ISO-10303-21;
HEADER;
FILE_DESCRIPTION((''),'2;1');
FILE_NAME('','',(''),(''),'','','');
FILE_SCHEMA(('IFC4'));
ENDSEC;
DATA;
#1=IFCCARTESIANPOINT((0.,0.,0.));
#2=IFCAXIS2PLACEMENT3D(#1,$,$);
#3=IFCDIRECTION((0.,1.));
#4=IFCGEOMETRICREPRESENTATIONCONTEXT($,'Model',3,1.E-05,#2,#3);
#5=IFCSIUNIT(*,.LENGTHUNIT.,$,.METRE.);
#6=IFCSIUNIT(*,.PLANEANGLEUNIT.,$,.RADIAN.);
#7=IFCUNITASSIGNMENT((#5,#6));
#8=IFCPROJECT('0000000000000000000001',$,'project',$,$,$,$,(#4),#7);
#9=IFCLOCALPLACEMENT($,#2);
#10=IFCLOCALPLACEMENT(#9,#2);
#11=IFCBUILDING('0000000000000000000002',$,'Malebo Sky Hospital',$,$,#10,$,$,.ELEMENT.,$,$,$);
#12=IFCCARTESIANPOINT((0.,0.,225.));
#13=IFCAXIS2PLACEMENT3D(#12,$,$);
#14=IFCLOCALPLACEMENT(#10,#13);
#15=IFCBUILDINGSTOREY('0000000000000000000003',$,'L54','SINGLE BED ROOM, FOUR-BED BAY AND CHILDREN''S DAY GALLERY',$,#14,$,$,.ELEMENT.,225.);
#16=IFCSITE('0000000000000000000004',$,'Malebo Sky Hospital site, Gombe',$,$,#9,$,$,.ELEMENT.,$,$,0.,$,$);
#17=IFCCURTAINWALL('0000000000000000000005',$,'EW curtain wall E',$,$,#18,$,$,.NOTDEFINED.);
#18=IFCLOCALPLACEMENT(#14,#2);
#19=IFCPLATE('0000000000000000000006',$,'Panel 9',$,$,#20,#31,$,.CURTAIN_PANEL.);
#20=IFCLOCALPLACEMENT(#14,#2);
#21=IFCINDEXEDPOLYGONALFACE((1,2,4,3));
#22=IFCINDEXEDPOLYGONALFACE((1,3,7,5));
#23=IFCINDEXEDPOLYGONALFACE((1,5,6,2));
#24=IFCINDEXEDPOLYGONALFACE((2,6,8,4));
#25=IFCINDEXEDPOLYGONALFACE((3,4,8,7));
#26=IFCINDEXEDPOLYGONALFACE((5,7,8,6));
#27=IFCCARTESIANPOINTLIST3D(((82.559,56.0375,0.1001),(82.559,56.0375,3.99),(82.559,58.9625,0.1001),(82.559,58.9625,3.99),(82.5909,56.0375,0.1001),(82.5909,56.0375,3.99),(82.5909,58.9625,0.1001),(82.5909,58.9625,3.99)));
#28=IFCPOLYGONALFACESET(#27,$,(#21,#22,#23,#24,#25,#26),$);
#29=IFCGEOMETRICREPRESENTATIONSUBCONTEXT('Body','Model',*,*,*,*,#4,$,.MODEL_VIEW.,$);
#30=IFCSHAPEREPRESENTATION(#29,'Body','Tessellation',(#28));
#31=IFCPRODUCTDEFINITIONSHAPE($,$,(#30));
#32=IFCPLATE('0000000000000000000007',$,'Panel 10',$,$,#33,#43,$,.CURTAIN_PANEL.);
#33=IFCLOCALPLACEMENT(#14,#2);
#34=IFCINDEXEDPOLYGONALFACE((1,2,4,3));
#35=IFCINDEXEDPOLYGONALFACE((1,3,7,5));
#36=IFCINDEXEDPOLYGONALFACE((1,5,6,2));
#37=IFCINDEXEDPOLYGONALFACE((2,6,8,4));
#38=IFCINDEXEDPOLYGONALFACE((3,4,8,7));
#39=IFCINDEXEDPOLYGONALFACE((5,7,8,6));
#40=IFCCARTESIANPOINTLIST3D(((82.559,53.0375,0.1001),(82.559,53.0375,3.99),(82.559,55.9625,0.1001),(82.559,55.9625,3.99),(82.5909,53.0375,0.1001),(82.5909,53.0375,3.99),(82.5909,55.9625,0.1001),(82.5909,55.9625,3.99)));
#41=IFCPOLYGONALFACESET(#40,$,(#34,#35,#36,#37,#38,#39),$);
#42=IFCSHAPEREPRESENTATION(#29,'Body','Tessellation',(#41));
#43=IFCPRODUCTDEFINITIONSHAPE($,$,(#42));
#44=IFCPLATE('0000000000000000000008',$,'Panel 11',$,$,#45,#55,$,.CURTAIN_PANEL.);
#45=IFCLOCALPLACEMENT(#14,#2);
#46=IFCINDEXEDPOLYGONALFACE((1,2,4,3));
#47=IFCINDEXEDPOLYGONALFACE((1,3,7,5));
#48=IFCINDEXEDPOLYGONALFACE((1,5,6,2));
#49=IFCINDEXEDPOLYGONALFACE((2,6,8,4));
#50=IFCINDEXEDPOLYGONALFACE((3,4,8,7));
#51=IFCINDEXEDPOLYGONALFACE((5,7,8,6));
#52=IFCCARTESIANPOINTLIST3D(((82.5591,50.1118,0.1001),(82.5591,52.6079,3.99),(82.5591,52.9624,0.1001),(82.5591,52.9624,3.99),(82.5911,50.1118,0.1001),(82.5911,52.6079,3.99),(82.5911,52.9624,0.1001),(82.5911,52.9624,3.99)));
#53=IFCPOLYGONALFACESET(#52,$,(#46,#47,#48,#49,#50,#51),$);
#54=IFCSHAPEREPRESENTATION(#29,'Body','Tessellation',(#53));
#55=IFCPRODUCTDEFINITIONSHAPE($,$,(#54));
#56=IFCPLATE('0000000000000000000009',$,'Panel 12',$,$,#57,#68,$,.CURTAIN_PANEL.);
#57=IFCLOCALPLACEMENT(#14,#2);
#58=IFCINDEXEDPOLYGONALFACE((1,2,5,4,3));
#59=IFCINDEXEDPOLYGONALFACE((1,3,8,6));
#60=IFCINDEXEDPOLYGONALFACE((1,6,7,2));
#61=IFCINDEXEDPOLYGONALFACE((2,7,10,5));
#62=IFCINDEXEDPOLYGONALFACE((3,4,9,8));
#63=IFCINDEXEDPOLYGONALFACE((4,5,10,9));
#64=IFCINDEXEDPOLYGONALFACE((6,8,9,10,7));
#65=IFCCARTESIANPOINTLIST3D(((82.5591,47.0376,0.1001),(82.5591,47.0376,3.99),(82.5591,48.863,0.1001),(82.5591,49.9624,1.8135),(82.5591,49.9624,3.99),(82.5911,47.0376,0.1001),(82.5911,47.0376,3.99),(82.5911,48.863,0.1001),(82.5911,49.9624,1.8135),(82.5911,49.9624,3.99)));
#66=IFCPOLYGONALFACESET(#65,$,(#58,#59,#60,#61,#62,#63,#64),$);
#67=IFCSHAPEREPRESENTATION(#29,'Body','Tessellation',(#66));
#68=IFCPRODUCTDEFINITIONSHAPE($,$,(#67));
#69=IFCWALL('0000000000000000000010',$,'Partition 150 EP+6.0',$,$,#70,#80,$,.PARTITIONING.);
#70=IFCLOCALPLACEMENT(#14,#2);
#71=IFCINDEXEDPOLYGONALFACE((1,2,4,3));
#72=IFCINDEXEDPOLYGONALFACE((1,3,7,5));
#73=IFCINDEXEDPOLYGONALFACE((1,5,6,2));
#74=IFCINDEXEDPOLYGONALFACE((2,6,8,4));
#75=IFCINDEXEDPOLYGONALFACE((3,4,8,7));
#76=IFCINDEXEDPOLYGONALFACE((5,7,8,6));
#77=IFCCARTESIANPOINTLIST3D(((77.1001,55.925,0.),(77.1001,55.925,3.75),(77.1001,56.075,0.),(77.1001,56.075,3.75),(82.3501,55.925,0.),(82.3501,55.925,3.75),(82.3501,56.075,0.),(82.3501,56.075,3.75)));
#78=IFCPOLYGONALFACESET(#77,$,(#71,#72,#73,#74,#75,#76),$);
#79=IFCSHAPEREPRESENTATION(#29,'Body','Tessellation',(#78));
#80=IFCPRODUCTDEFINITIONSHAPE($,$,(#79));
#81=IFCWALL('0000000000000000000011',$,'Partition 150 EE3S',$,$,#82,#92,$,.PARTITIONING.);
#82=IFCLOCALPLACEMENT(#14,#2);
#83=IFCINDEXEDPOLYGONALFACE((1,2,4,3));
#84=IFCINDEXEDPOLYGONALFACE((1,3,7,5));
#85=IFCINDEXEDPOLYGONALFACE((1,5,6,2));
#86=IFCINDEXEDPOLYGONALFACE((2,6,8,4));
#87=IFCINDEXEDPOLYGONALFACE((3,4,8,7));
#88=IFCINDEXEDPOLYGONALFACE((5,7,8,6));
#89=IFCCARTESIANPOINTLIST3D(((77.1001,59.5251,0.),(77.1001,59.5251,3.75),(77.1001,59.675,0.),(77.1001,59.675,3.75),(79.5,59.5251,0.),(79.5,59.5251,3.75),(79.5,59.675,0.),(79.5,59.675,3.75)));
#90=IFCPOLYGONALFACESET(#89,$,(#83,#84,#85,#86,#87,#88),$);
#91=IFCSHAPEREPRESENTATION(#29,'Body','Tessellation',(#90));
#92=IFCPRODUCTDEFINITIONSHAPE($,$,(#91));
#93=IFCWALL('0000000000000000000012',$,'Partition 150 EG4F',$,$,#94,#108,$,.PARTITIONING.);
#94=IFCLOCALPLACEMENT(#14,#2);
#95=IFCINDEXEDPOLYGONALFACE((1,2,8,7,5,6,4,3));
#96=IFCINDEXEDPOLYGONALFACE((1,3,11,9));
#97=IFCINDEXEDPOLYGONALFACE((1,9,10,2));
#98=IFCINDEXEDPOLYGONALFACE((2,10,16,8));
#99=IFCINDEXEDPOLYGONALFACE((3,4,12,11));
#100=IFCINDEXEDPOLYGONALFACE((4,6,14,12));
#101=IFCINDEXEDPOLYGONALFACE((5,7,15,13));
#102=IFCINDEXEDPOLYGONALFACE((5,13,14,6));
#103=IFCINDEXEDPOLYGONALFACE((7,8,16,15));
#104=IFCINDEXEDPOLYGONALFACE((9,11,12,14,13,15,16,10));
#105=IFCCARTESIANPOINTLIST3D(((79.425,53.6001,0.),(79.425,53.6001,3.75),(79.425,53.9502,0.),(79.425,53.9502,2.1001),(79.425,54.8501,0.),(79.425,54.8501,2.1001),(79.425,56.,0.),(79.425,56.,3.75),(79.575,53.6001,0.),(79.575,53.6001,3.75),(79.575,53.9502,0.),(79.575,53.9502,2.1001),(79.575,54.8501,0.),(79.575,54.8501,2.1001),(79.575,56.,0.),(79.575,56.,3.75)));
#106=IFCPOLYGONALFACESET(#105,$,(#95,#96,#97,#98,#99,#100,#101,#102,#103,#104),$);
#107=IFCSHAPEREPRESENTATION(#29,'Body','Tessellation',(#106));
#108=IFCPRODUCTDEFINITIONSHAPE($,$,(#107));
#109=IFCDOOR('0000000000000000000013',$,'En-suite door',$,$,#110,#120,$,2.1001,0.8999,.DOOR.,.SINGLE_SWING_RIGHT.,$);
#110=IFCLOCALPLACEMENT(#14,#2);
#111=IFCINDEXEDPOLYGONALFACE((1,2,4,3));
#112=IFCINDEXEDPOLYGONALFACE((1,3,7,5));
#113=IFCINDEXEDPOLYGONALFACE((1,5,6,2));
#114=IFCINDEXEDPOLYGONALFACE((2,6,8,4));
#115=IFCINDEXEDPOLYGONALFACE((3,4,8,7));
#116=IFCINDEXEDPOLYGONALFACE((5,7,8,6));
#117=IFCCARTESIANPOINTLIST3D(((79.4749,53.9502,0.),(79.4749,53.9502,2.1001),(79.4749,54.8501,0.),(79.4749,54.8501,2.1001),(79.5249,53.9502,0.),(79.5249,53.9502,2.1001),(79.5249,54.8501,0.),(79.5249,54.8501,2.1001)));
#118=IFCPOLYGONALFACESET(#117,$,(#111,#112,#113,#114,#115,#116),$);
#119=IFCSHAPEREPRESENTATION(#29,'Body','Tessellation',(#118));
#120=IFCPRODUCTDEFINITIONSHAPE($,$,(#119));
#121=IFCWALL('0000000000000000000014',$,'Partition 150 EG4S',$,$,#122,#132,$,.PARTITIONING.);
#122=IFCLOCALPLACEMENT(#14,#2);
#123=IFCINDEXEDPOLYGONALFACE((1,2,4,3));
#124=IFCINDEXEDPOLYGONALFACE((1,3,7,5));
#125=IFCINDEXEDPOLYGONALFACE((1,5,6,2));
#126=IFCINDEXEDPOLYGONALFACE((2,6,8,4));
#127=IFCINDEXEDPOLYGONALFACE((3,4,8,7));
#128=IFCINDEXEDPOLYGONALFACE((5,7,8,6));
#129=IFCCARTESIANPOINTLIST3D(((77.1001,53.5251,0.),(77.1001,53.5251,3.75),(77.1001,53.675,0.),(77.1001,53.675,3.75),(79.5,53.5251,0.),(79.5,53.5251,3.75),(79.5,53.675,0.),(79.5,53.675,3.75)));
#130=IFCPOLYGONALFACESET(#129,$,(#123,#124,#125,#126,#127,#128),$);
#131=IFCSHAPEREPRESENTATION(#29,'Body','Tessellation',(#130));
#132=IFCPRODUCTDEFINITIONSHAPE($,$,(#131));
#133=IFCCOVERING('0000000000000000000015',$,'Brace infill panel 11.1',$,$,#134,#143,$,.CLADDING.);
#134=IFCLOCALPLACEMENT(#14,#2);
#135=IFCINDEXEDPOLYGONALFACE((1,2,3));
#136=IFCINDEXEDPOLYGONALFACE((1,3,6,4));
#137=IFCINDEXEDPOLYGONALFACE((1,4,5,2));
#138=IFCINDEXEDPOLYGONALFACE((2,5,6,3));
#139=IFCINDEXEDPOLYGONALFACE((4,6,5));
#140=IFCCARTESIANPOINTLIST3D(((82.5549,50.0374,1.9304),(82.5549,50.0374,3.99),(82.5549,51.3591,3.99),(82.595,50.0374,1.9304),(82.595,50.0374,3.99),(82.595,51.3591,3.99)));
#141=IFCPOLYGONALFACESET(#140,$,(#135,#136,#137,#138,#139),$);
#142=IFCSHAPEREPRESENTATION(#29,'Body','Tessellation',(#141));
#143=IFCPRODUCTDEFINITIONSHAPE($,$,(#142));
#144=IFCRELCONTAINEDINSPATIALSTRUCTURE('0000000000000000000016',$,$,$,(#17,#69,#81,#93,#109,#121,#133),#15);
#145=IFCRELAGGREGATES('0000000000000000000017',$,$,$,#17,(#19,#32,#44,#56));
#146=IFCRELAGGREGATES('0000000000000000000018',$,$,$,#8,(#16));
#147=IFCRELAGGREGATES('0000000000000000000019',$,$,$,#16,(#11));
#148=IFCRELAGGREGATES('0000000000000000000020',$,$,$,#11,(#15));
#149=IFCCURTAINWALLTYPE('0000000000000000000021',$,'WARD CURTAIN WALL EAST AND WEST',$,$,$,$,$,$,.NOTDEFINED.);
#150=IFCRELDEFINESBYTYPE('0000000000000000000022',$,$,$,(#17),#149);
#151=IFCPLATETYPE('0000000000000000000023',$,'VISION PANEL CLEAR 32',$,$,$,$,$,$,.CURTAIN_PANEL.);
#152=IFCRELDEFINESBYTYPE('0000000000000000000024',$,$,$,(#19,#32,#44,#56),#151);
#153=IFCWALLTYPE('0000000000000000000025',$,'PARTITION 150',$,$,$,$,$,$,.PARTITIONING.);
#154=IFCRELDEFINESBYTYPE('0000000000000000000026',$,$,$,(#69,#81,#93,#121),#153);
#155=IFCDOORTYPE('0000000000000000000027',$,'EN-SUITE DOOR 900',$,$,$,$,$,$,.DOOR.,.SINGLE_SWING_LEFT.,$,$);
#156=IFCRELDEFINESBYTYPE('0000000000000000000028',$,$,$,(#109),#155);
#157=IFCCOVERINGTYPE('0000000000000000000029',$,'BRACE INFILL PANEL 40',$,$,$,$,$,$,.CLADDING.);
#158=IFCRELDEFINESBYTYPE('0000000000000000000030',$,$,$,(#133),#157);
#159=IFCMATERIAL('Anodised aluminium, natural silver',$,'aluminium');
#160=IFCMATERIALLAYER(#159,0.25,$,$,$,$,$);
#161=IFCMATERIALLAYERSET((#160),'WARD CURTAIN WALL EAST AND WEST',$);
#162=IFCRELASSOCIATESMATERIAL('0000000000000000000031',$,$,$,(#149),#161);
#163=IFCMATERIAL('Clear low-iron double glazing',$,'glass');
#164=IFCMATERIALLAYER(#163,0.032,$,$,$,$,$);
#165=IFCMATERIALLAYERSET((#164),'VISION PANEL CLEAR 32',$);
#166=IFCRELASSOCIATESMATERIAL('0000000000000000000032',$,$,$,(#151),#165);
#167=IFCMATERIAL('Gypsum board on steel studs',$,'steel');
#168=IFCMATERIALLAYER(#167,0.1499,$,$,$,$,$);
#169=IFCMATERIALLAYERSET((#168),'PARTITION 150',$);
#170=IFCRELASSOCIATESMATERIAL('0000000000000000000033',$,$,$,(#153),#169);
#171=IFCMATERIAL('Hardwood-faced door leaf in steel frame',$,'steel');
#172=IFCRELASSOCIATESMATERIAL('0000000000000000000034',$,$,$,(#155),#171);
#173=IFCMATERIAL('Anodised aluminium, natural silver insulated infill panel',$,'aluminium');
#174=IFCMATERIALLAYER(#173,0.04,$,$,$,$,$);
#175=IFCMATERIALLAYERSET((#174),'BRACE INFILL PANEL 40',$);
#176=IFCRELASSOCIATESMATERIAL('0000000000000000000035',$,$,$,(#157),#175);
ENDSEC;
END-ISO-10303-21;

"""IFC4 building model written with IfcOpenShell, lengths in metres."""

from ifc_helpers import new_model, si_unit, direction, frame, frame_2d, origin, origin_2d, place, context, subcontext, project, spatial, polyline, rectangle, outline, extrude, material, layer, layer_set, type_object, element, fill, aggregate, save


model = new_model("IFC4")

# Units and contexts
model_context = context("Model", 3, precision=1e-05, world=origin(), true_north=direction((0.0, 1.0)))
body_context = subcontext(model_context, "Body", "Model", "MODEL_VIEW")
ifc_project = project(units=[si_unit("LENGTHUNIT", "METRE"), si_unit("PLANEANGLEUNIT", "RADIAN")], contexts=[model_context])

# Site, building, storey
site_placement = place(None, origin())
site = spatial("IfcSite", under=ifc_project, at=site_placement, Name="Malebo Sky Hospital site, Gombe", CompositionType="ELEMENT", RefElevation=0.0)
building_placement = place(site_placement, origin())
building = spatial("IfcBuilding", under=site, at=building_placement, Name="Malebo Sky Hospital", CompositionType="ELEMENT")
storey_placement = place(building_placement, frame((0.0, 0.0, 225.0)))
storey = spatial("IfcBuildingStorey", under=building, at=storey_placement, Name="L54", Description="SINGLE BED ROOM, FOUR-BED BAY AND CHILDREN'S DAY GALLERY", CompositionType="ELEMENT", Elevation=225.0)

# Curtain wall
ifc_material_1 = material(Name="Anodised aluminium, natural silver", Category="aluminium")
ifc_layer_1 = layer(ifc_material_1, 0.25)
ifc_layer_set_1 = layer_set([ifc_layer_1], Name="WARD CURTAIN WALL EAST AND WEST")
curtain_wall_type = type_object("IfcCurtainWallType", Name="WARD CURTAIN WALL EAST AND WEST", PredefinedType="NOTDEFINED", material=ifc_layer_set_1)
curtain_wall_placement = place(storey_placement, origin())
curtain_wall = element("IfcCurtainWall", 1, at=curtain_wall_placement, inside=storey, type_object=curtain_wall_type, Name="EW curtain wall E", PredefinedType="NOTDEFINED")

# Plates
ifc_material_2 = material(Name="Clear low-iron double glazing", Category="glass")
ifc_layer_2 = layer(ifc_material_2, 0.032)
ifc_layer_set_2 = layer_set([ifc_layer_2], Name="VISION PANEL CLEAR 32")
plate_type = type_object("IfcPlateType", Name="VISION PANEL CLEAR 32", PredefinedType="CURTAIN_PANEL", material=ifc_layer_set_2)
plate_1_placement = place(storey_placement, frame((82.575, 57.5, 0.1001), z_axis=(0.0, 0.0, 1.0), x_axis=(0.0, -1.0, 0.0)))
plate_1 = element("IfcPlate", 2, at=plate_1_placement, type_object=plate_type, Name="Panel 9", PredefinedType="CURTAIN_PANEL", context=body_context, shape_type="SweptSolid", body=[
    extrude(rectangle(XDim=2.925, YDim=0.032, at=origin_2d()), origin(), (0.0, 0.0, 1.0), 3.8899),
])
plate_2_placement = place(storey_placement, frame((82.575, 54.5, 0.1001), z_axis=(0.0, 0.0, 1.0), x_axis=(0.0, -1.0, 0.0)))
plate_2 = element("IfcPlate", 3, at=plate_2_placement, type_object=plate_type, Name="Panel 10", PredefinedType="CURTAIN_PANEL", context=body_context, shape_type="SweptSolid", body=[
    extrude(rectangle(XDim=2.925, YDim=0.032, at=origin_2d()), origin(), (0.0, 0.0, 1.0), 3.8899),
])
plate_3_placement = place(storey_placement, frame((82.575, 51.5371, 0.1001), z_axis=(0.0, 0.0, 1.0), x_axis=(0.0, -1.0, 0.0)))
plate_3 = element("IfcPlate", 4, at=plate_3_placement, type_object=plate_type, Name="Panel 11", PredefinedType="CURTAIN_PANEL", context=body_context, shape_type="SweptSolid", body=[
    extrude(outline(polyline([(-1.4253, 0.0), (1.4253, 0.0), (-1.0708, 3.8899), (-1.4253, 3.8899), (-1.4253, 0.0)])), frame((0.0, 0.0161, 0.0), z_axis=(0.0, -1.0, 0.0), x_axis=(1.0, 0.0, 0.0)), (0.0, 0.0, 1.0), 0.032),
])
plate_4_placement = place(storey_placement, frame((82.575, 48.5, 0.1001), z_axis=(0.0, 0.0, 1.0), x_axis=(0.0, -1.0, 0.0)))
plate_4 = element("IfcPlate", 5, at=plate_4_placement, type_object=plate_type, Name="Panel 12", PredefinedType="CURTAIN_PANEL", context=body_context, shape_type="SweptSolid", body=[
    extrude(outline(polyline([(-0.363, 0.0), (1.4624, 0.0), (1.4624, 3.8899), (-1.4624, 3.8899), (-1.4624, 1.7134), (-0.363, 0.0)])), frame((0.0, 0.0161, 0.0), z_axis=(0.0, -1.0, 0.0), x_axis=(1.0, 0.0, 0.0)), (0.0, 0.0, 1.0), 0.032),
])
aggregate(curtain_wall, [plate_1, plate_2, plate_3, plate_4])

# Walls
ifc_material_3 = material(Name="Gypsum board on steel studs", Category="steel")
ifc_layer_3 = layer(ifc_material_3, 0.1499)
ifc_layer_set_3 = layer_set([ifc_layer_3], Name="PARTITION 150")
wall_type = type_object("IfcWallType", Name="PARTITION 150", PredefinedType="PARTITIONING", material=ifc_layer_set_3)
wall_1_placement = place(storey_placement, frame((77.1001, 56.0, 0.0), z_axis=(0.0, 0.0, 1.0), x_axis=(1.0, 0.0, 0.0)))
element("IfcWall", 6, at=wall_1_placement, inside=storey, type_object=wall_type, Name="Partition 150 EP+6.0", PredefinedType="PARTITIONING", context=body_context, shape_type="SweptSolid", body=[
    extrude(rectangle(XDim=5.25, YDim=0.1499, at=frame_2d((2.625, 0.0))), origin(), (0.0, 0.0, 1.0), 3.75),
])
wall_2_placement = place(storey_placement, frame((77.1001, 59.6001, 0.0), z_axis=(0.0, 0.0, 1.0), x_axis=(1.0, 0.0, 0.0)))
element("IfcWall", 7, at=wall_2_placement, inside=storey, type_object=wall_type, Name="Partition 150 EE3S", PredefinedType="PARTITIONING", context=body_context, shape_type="SweptSolid", body=[
    extrude(rectangle(XDim=2.3999, YDim=0.1499, at=frame_2d((1.2, 0.0))), origin(), (0.0, 0.0, 1.0), 3.75),
])

# Wall, opening, door
wall_3_placement = place(storey_placement, frame((79.5, 56.0, 0.0), z_axis=(0.0, 0.0, 1.0), x_axis=(0.0, -1.0, 0.0)))
wall_3 = element("IfcWall", 8, at=wall_3_placement, inside=storey, type_object=wall_type, Name="Partition 150 EG4F", PredefinedType="PARTITIONING", context=body_context, shape_type="SweptSolid", body=[
    extrude(rectangle(XDim=2.3999, YDim=0.1499, at=frame_2d((1.2, 0.0))), origin(), (0.0, 0.0, 1.0), 3.75),
])
opening_placement = place(wall_3_placement, frame((1.1499, 0.0, 0.0)))
opening = element("IfcOpeningElement", 9, at=opening_placement, cuts=wall_3, PredefinedType="OPENING", context=body_context, shape_type="SweptSolid", body=[
    extrude(rectangle(XDim=0.8999, YDim=2.1001, at=frame_2d((0.45, 1.05))), frame((0.0, 0.085, 0.0), z_axis=(0.0, -1.0, 0.0), x_axis=(1.0, 0.0, 0.0)), (0.0, 0.0, 1.0), 0.1699),
])
ifc_material_4 = material(Name="Hardwood-faced door leaf in steel frame", Category="steel")
door_type = type_object("IfcDoorType", Name="EN-SUITE DOOR 900", OperationType="SINGLE_SWING_LEFT", PredefinedType="DOOR", material=ifc_material_4)
door_placement = place(opening_placement, origin())
door = element("IfcDoor", 10, at=door_placement, inside=storey, type_object=door_type, Name="En-suite door", OperationType="SINGLE_SWING_RIGHT", OverallHeight=2.1001, OverallWidth=0.8999, PredefinedType="DOOR", context=body_context, shape_type="SweptSolid", body=[
    extrude(rectangle(XDim=0.8999, YDim=2.1001, at=frame_2d((0.45, 1.05))), frame((0.0, 0.0249, 0.0), z_axis=(0.0, -1.0, 0.0), x_axis=(1.0, 0.0, 0.0)), (0.0, 0.0, 1.0), 0.05),
])
fill(opening, door)

# Wall
wall_4_placement = place(storey_placement, frame((77.1001, 53.6001, 0.0), z_axis=(0.0, 0.0, 1.0), x_axis=(1.0, 0.0, 0.0)))
element("IfcWall", 11, at=wall_4_placement, inside=storey, type_object=wall_type, Name="Partition 150 EG4S", PredefinedType="PARTITIONING", context=body_context, shape_type="SweptSolid", body=[
    extrude(rectangle(XDim=2.3999, YDim=0.1499, at=frame_2d((1.2, 0.0))), origin(), (0.0, 0.0, 1.0), 3.75),
])

# Covering
ifc_material_5 = material(Name="Anodised aluminium, natural silver insulated infill panel", Category="aluminium")
ifc_layer_4 = layer(ifc_material_5, 0.04)
ifc_layer_set_4 = layer_set([ifc_layer_4], Name="BRACE INFILL PANEL 40")
covering_type = type_object("IfcCoveringType", Name="BRACE INFILL PANEL 40", PredefinedType="CLADDING", material=ifc_layer_set_4)
covering_placement = place(storey_placement, frame((82.575, 50.6982, 1.9304), z_axis=(0.0, 0.0, 1.0), x_axis=(0.0, -1.0, 0.0)))
element("IfcCovering", 12, at=covering_placement, inside=storey, type_object=covering_type, Name="Brace infill panel 11.1", PredefinedType="CLADDING", context=body_context, shape_type="SweptSolid", body=[
    extrude(outline(polyline([(0.6609, 0.0), (0.6609, 2.0596), (-0.6609, 2.0596), (0.6609, 0.0)])), frame((0.0, 0.02, 0.0), z_axis=(0.0, -1.0, 0.0), x_axis=(1.0, 0.0, 0.0)), (0.0, 0.0, 1.0), 0.04),
])

save(model, "model.ifc")
